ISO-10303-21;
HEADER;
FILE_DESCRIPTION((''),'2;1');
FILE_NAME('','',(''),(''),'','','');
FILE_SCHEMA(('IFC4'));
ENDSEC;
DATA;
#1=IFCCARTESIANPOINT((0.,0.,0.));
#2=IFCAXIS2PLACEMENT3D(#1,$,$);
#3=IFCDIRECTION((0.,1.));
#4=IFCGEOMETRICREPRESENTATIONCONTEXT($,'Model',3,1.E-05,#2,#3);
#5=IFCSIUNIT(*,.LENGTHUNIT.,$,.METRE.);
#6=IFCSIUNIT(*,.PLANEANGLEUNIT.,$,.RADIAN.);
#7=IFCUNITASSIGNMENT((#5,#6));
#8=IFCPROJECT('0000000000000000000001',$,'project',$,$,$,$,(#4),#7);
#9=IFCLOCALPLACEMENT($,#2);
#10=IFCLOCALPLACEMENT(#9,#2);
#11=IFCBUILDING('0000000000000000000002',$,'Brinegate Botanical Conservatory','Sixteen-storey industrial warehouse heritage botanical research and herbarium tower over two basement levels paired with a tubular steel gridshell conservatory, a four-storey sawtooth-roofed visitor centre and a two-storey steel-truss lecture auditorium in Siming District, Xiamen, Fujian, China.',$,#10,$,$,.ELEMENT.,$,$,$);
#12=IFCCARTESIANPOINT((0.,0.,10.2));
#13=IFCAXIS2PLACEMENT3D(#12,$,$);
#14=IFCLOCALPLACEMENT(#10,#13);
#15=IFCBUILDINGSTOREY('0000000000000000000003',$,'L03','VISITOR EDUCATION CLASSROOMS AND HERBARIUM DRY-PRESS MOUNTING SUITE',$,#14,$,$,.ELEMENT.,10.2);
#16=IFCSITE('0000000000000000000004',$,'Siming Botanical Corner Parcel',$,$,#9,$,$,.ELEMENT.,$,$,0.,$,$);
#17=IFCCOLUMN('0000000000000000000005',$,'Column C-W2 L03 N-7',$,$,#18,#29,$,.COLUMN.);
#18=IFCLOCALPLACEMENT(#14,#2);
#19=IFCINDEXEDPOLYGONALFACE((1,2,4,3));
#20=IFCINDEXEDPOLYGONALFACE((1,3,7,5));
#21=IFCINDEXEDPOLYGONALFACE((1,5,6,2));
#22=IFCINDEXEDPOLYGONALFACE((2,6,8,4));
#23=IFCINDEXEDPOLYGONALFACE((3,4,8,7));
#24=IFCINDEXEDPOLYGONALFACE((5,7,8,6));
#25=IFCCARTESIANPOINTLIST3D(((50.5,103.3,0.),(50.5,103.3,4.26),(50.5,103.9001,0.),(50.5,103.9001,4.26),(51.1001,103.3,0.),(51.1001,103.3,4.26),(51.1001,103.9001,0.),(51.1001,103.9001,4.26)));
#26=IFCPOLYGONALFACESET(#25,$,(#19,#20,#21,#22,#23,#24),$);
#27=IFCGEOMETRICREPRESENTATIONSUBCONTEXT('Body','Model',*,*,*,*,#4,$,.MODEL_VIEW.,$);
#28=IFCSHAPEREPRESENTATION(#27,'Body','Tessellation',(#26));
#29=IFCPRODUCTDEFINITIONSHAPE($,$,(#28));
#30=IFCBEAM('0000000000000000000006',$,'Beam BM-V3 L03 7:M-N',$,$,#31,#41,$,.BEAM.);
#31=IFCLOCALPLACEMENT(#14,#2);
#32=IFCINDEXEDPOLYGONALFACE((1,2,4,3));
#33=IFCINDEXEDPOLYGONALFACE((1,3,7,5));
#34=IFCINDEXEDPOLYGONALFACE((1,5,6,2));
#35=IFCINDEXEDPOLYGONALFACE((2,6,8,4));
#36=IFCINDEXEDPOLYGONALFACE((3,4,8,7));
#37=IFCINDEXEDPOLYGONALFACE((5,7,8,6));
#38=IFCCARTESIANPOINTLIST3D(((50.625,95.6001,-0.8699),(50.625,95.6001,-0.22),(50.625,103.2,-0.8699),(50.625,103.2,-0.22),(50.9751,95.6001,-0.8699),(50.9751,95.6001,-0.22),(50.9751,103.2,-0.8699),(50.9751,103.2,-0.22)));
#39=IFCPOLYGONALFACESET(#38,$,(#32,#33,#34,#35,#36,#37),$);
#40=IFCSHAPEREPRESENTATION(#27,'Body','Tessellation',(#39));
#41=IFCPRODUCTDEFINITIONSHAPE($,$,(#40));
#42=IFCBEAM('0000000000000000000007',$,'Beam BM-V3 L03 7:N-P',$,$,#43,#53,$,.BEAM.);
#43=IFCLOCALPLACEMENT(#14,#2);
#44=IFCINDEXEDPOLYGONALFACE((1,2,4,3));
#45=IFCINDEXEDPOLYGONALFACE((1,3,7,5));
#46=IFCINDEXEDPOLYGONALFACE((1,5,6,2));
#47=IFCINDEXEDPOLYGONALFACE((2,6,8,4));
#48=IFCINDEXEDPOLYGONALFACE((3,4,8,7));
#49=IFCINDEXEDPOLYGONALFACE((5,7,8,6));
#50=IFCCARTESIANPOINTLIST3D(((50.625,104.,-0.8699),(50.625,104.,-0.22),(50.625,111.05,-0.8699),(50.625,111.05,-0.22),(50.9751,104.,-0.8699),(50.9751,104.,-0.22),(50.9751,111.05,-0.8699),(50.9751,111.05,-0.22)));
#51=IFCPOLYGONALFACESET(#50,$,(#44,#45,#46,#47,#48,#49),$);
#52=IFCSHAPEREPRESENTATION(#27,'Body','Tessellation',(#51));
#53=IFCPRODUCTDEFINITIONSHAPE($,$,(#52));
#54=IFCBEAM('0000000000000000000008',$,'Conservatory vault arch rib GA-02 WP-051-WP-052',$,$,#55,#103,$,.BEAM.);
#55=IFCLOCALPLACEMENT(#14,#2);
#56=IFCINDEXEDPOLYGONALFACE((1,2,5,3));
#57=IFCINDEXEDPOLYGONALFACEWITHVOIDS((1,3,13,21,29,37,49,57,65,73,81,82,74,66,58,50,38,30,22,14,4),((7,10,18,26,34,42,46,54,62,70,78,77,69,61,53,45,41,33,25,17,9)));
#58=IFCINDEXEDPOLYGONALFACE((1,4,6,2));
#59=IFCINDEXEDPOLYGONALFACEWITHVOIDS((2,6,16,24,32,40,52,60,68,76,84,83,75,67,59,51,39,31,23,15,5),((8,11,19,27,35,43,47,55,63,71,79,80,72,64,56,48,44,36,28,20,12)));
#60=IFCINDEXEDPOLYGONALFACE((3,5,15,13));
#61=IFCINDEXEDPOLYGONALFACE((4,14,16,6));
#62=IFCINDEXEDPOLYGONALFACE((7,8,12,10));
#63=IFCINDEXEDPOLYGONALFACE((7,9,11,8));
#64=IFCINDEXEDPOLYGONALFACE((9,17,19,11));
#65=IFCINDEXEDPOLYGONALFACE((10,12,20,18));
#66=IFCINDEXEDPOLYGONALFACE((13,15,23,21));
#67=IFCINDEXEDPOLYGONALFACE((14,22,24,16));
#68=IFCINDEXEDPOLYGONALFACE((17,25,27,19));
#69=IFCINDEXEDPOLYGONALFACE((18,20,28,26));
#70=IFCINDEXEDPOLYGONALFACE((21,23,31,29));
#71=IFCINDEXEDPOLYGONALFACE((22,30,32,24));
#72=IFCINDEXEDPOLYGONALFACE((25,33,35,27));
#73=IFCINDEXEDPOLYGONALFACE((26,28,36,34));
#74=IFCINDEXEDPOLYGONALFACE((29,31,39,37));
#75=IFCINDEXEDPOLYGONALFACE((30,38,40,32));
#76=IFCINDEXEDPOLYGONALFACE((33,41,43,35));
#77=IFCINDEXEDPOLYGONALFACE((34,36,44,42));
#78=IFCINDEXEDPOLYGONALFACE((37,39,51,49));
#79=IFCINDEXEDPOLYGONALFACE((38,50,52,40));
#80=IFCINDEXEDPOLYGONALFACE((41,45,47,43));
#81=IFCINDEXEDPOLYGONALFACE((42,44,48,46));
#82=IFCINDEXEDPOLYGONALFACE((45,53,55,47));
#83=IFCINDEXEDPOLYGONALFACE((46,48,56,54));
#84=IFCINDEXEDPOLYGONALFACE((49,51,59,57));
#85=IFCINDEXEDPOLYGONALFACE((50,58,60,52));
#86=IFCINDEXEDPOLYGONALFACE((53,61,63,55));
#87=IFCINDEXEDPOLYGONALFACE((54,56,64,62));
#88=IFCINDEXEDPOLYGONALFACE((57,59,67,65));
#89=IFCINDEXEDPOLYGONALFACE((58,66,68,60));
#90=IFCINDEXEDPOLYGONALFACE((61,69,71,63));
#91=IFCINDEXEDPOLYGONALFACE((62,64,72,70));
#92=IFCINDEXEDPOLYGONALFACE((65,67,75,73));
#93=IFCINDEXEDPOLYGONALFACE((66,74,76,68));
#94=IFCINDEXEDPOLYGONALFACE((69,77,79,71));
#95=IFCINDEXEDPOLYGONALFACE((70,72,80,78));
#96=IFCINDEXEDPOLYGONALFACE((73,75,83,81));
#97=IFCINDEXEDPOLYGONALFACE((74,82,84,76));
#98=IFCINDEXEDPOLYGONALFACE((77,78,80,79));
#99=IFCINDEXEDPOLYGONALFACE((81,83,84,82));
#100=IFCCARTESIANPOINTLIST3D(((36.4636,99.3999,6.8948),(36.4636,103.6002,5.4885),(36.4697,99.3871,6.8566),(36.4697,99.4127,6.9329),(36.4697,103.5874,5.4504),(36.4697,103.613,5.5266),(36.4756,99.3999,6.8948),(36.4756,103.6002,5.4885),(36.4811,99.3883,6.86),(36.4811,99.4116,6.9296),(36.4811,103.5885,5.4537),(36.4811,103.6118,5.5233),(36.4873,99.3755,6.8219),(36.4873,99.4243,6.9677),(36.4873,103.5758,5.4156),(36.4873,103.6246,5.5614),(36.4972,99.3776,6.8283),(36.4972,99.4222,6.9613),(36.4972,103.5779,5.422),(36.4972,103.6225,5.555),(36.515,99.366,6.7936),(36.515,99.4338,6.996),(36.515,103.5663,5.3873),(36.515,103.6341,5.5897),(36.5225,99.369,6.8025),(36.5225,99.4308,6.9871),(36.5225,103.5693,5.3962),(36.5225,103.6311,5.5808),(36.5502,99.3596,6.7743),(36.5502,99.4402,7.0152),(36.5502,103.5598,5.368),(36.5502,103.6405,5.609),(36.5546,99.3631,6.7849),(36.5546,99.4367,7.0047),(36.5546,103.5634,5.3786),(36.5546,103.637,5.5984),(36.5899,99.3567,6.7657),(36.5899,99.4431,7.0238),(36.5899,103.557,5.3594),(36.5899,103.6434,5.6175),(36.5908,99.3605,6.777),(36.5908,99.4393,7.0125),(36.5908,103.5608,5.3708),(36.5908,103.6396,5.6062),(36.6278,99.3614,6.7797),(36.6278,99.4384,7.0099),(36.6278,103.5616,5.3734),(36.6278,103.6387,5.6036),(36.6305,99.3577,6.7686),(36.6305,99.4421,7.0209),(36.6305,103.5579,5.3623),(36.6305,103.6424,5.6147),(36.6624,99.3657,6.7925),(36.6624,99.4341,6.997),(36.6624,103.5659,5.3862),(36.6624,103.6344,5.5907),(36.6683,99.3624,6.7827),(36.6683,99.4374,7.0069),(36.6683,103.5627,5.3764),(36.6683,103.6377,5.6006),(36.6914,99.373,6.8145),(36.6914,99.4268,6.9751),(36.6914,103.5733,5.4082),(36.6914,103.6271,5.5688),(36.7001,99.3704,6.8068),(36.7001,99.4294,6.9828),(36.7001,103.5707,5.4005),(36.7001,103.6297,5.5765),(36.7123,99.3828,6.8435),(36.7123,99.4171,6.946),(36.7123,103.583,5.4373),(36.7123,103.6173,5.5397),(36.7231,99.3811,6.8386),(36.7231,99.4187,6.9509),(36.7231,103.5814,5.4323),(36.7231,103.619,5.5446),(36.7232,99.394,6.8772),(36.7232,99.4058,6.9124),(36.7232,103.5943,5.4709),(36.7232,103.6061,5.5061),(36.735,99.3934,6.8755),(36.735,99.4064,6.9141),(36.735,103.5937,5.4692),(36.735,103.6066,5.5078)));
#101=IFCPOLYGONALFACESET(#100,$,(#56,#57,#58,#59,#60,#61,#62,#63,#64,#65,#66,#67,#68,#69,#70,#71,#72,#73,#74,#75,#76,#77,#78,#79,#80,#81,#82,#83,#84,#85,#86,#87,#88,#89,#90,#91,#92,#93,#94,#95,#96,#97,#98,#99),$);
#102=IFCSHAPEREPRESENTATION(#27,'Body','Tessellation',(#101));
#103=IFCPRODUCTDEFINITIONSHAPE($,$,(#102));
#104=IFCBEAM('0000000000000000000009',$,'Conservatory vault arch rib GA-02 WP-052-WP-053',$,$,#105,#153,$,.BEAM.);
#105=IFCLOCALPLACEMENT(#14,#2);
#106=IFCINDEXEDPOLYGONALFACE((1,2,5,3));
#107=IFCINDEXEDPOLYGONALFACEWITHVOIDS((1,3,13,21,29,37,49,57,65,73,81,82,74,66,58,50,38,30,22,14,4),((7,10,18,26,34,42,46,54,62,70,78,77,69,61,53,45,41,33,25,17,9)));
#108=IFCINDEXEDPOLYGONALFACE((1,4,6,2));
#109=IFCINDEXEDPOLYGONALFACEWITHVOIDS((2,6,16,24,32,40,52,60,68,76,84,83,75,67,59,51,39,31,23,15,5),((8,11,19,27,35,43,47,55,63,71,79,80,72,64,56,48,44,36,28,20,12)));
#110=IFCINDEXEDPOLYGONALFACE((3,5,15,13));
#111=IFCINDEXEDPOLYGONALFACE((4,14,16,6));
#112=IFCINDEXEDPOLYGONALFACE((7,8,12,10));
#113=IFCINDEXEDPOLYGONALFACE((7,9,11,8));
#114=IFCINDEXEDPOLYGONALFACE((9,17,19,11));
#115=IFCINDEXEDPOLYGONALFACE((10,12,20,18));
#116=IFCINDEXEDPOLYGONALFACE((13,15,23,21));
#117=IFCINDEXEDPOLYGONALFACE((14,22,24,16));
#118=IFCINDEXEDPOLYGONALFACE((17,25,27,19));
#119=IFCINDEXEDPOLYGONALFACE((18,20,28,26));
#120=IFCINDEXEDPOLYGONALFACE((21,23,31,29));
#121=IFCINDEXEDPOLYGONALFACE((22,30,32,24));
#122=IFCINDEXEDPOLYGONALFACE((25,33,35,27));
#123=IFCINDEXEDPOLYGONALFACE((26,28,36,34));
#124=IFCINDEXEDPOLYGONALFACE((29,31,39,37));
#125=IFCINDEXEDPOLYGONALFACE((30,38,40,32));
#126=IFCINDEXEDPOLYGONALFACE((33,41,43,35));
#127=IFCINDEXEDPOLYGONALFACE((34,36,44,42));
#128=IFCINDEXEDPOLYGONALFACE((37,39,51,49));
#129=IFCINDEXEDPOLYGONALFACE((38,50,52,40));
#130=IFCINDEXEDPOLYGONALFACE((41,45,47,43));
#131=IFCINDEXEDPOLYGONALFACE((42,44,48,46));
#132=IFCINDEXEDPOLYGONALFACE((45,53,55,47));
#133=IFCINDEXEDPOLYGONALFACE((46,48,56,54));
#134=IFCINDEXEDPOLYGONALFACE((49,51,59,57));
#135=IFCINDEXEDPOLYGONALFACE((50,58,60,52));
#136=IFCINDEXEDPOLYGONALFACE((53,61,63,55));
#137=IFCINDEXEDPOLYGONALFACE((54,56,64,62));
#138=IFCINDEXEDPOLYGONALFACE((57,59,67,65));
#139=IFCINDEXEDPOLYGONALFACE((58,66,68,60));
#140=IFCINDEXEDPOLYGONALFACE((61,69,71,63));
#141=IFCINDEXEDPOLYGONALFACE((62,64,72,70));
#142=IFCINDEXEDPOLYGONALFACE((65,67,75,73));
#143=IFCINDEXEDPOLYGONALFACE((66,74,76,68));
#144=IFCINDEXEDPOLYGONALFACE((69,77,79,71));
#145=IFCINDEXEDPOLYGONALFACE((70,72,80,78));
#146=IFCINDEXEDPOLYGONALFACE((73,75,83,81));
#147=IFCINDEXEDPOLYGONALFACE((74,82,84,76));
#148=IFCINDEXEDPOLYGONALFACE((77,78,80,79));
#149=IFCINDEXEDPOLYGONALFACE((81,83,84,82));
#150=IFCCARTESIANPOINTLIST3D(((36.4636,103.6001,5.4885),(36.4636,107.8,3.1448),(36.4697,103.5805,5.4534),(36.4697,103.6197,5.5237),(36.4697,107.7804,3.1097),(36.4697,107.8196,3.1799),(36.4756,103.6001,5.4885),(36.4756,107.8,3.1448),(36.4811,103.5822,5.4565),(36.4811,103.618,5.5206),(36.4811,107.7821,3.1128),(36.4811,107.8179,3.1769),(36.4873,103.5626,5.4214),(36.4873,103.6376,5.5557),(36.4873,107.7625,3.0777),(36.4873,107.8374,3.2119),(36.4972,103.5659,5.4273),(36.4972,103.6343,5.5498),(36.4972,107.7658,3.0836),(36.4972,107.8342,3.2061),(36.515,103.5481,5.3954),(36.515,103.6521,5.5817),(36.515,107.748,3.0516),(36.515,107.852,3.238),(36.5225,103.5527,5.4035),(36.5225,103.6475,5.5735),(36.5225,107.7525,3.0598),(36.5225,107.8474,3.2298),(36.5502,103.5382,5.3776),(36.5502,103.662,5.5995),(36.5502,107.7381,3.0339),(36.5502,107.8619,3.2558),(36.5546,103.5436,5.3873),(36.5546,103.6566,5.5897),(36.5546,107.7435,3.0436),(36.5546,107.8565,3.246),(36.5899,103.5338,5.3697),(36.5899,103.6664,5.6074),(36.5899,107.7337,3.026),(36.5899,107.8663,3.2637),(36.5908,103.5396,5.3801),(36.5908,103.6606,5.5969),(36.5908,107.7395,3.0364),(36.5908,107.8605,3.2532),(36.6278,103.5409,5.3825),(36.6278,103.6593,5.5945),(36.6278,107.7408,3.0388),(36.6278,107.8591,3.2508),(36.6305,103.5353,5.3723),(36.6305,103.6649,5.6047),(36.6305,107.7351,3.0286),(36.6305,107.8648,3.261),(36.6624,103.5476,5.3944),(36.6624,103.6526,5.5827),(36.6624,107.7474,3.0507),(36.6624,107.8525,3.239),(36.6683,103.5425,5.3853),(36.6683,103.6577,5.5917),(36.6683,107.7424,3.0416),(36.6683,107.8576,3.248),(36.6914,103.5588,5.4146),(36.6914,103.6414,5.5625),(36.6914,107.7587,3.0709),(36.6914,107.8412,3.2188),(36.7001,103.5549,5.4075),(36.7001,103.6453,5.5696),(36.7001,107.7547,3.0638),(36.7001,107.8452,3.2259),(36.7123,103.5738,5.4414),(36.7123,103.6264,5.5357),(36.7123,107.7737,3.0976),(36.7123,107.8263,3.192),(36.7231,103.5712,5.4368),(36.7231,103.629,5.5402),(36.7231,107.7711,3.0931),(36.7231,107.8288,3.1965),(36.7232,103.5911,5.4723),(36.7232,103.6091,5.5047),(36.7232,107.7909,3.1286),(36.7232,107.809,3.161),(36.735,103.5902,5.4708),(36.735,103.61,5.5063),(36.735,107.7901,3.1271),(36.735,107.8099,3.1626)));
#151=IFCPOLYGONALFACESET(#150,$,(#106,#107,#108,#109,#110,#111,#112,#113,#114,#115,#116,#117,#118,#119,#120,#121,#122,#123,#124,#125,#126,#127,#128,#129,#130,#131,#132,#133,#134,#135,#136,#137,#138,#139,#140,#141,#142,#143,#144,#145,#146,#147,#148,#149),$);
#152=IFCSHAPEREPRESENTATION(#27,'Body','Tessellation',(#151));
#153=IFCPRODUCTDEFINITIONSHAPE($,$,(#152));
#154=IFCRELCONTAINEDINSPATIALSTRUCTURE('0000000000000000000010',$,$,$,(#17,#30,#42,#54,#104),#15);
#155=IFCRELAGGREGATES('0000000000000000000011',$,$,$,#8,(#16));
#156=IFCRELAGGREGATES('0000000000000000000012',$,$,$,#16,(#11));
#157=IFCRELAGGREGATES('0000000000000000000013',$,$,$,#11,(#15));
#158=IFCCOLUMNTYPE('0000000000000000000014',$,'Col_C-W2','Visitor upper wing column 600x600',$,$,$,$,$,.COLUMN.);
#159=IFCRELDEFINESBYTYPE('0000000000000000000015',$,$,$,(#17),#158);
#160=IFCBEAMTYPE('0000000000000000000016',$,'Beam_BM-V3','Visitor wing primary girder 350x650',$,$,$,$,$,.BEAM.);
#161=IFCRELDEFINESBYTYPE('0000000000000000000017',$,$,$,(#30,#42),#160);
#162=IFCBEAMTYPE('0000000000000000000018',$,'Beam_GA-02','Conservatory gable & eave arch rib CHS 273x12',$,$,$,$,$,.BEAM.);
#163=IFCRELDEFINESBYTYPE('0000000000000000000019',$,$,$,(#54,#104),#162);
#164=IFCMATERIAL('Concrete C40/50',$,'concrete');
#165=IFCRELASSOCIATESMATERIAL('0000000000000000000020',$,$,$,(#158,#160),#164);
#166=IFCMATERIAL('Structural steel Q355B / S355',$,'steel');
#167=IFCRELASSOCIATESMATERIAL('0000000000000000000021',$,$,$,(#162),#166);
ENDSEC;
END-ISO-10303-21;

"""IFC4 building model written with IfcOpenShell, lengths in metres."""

from ifc_helpers import new_model, si_unit, direction, frame, origin, origin_2d, place, context, subcontext, project, spatial, rectangle, hollow_circle, extrude, material, material_profile, profile_set, type_object, element, save


model = new_model("IFC4")

# Units and contexts
model_context = context("Model", 3, precision=1e-05, world=origin(), true_north=direction((0.0, 1.0)))
body_context = subcontext(model_context, "Body", "Model", "MODEL_VIEW")
ifc_project = project(units=[si_unit("LENGTHUNIT", "METRE"), si_unit("PLANEANGLEUNIT", "RADIAN")], contexts=[model_context])

# Site, building, storey
site_placement = place(None, origin())
site = spatial("IfcSite", under=ifc_project, at=site_placement, Name="Siming Botanical Corner Parcel", CompositionType="ELEMENT", RefElevation=0.0)
building_placement = place(site_placement, origin())
building = spatial("IfcBuilding", under=site, at=building_placement, Name="Brinegate Botanical Conservatory", Description="Sixteen-storey industrial warehouse heritage botanical research and herbarium tower over two basement levels paired with a tubular steel gridshell conservatory, a four-storey sawtooth-roofed visitor centre and a two-storey steel-truss lecture auditorium in Siming District, Xiamen, Fujian, China.", CompositionType="ELEMENT")
storey_placement = place(building_placement, frame((0.0, 0.0, 10.2)))
storey = spatial("IfcBuildingStorey", under=building, at=storey_placement, Name="L03", Description="VISITOR EDUCATION CLASSROOMS AND HERBARIUM DRY-PRESS MOUNTING SUITE", CompositionType="ELEMENT", Elevation=10.2)

# Column
ifc_material_1 = material(Name="Concrete C40/50", Category="concrete")
ifc_material_profile_1 = material_profile(ifc_material_1, rectangle(XDim=0.6001, YDim=0.6001, at=origin_2d()), Name="RC COL 600x600")
ifc_profile_set_1 = profile_set([ifc_material_profile_1], Name="Concrete C40/50")
column_type = type_object("IfcColumnType", Name="Col_C-W2", Description="Visitor upper wing column 600x600", PredefinedType="COLUMN", material=ifc_profile_set_1)
column_placement = place(storey_placement, frame((50.8, 103.6001, 0.0), z_axis=(0.0, 0.0, 1.0), x_axis=(1.0, 0.0, 0.0)))
element("IfcColumn", 1, at=column_placement, inside=storey, type_object=column_type, Name="Column C-W2 L03 N-7", PredefinedType="COLUMN", context=body_context, shape_type="SweptSolid", body=[
    extrude(rectangle(XDim=0.6001, YDim=0.6001, at=origin_2d()), origin(), (0.0, 0.0, 1.0), 4.26),
])

# Beams
ifc_material_profile_2 = material_profile(ifc_material_1, rectangle(XDim=0.3501, YDim=0.6499, at=origin_2d()), Name="RC BM 350x650")
ifc_profile_set_2 = profile_set([ifc_material_profile_2], Name="Concrete C40/50")
beam_type_1 = type_object("IfcBeamType", Name="Beam_BM-V3", Description="Visitor wing primary girder 350x650", PredefinedType="BEAM", material=ifc_profile_set_2)
beam_1_placement = place(storey_placement, frame((50.8, 95.6001, -0.5449), z_axis=(0.0, 1.0, 0.0), x_axis=(-1.0, 0.0, 0.0)))
element("IfcBeam", 2, at=beam_1_placement, inside=storey, type_object=beam_type_1, Name="Beam BM-V3 L03 7:M-N", PredefinedType="BEAM", context=body_context, shape_type="SweptSolid", body=[
    extrude(rectangle(XDim=0.3501, YDim=0.6499, at=origin_2d()), origin(), (0.0, 0.0, 1.0), 7.5999),
])
beam_2_placement = place(storey_placement, frame((50.8, 104.0, -0.5449), z_axis=(0.0, 1.0, 0.0), x_axis=(-1.0, 0.0, 0.0)))
element("IfcBeam", 3, at=beam_2_placement, inside=storey, type_object=beam_type_1, Name="Beam BM-V3 L03 7:N-P", PredefinedType="BEAM", context=body_context, shape_type="SweptSolid", body=[
    extrude(rectangle(XDim=0.3501, YDim=0.6499, at=origin_2d()), origin(), (0.0, 0.0, 1.0), 7.05),
])
ifc_material_2 = material(Name="Structural steel Q355B / S355", Category="steel")
ifc_material_profile_3 = material_profile(ifc_material_2, hollow_circle(Radius=0.1365, WallThickness=0.012, at=origin_2d()), Name="CHS 273x12")
ifc_profile_set_3 = profile_set([ifc_material_profile_3], Name="Structural steel Q355B / S355")
beam_type_2 = type_object("IfcBeamType", Name="Beam_GA-02", Description="Conservatory gable & eave arch rib CHS 273x12", PredefinedType="BEAM", material=ifc_profile_set_3)
beam_3_placement = place(storey_placement, frame((36.6001, 99.3999, 6.8948), z_axis=(0.0, 0.948264, -0.317484), x_axis=(-1.0, 0.0, 0.0)))
element("IfcBeam", 4, at=beam_3_placement, inside=storey, type_object=beam_type_2, Name="Conservatory vault arch rib GA-02 WP-051-WP-052", PredefinedType="BEAM", context=body_context, shape_type="SweptSolid", body=[
    extrude(hollow_circle(Radius=0.1365, WallThickness=0.012, at=origin_2d()), origin(), (0.0, 0.0, 1.0), 4.4294),
])
beam_4_placement = place(storey_placement, frame((36.6001, 103.6001, 5.4885), z_axis=(0.0, 0.873234, -0.487301), x_axis=(-1.0, 0.0, 0.0)))
element("IfcBeam", 5, at=beam_4_placement, inside=storey, type_object=beam_type_2, Name="Conservatory vault arch rib GA-02 WP-052-WP-053", PredefinedType="BEAM", context=body_context, shape_type="SweptSolid", body=[
    extrude(hollow_circle(Radius=0.1365, WallThickness=0.012, at=origin_2d()), origin(), (0.0, 0.0, 1.0), 4.8096),
])

save(model, "model.ifc")
